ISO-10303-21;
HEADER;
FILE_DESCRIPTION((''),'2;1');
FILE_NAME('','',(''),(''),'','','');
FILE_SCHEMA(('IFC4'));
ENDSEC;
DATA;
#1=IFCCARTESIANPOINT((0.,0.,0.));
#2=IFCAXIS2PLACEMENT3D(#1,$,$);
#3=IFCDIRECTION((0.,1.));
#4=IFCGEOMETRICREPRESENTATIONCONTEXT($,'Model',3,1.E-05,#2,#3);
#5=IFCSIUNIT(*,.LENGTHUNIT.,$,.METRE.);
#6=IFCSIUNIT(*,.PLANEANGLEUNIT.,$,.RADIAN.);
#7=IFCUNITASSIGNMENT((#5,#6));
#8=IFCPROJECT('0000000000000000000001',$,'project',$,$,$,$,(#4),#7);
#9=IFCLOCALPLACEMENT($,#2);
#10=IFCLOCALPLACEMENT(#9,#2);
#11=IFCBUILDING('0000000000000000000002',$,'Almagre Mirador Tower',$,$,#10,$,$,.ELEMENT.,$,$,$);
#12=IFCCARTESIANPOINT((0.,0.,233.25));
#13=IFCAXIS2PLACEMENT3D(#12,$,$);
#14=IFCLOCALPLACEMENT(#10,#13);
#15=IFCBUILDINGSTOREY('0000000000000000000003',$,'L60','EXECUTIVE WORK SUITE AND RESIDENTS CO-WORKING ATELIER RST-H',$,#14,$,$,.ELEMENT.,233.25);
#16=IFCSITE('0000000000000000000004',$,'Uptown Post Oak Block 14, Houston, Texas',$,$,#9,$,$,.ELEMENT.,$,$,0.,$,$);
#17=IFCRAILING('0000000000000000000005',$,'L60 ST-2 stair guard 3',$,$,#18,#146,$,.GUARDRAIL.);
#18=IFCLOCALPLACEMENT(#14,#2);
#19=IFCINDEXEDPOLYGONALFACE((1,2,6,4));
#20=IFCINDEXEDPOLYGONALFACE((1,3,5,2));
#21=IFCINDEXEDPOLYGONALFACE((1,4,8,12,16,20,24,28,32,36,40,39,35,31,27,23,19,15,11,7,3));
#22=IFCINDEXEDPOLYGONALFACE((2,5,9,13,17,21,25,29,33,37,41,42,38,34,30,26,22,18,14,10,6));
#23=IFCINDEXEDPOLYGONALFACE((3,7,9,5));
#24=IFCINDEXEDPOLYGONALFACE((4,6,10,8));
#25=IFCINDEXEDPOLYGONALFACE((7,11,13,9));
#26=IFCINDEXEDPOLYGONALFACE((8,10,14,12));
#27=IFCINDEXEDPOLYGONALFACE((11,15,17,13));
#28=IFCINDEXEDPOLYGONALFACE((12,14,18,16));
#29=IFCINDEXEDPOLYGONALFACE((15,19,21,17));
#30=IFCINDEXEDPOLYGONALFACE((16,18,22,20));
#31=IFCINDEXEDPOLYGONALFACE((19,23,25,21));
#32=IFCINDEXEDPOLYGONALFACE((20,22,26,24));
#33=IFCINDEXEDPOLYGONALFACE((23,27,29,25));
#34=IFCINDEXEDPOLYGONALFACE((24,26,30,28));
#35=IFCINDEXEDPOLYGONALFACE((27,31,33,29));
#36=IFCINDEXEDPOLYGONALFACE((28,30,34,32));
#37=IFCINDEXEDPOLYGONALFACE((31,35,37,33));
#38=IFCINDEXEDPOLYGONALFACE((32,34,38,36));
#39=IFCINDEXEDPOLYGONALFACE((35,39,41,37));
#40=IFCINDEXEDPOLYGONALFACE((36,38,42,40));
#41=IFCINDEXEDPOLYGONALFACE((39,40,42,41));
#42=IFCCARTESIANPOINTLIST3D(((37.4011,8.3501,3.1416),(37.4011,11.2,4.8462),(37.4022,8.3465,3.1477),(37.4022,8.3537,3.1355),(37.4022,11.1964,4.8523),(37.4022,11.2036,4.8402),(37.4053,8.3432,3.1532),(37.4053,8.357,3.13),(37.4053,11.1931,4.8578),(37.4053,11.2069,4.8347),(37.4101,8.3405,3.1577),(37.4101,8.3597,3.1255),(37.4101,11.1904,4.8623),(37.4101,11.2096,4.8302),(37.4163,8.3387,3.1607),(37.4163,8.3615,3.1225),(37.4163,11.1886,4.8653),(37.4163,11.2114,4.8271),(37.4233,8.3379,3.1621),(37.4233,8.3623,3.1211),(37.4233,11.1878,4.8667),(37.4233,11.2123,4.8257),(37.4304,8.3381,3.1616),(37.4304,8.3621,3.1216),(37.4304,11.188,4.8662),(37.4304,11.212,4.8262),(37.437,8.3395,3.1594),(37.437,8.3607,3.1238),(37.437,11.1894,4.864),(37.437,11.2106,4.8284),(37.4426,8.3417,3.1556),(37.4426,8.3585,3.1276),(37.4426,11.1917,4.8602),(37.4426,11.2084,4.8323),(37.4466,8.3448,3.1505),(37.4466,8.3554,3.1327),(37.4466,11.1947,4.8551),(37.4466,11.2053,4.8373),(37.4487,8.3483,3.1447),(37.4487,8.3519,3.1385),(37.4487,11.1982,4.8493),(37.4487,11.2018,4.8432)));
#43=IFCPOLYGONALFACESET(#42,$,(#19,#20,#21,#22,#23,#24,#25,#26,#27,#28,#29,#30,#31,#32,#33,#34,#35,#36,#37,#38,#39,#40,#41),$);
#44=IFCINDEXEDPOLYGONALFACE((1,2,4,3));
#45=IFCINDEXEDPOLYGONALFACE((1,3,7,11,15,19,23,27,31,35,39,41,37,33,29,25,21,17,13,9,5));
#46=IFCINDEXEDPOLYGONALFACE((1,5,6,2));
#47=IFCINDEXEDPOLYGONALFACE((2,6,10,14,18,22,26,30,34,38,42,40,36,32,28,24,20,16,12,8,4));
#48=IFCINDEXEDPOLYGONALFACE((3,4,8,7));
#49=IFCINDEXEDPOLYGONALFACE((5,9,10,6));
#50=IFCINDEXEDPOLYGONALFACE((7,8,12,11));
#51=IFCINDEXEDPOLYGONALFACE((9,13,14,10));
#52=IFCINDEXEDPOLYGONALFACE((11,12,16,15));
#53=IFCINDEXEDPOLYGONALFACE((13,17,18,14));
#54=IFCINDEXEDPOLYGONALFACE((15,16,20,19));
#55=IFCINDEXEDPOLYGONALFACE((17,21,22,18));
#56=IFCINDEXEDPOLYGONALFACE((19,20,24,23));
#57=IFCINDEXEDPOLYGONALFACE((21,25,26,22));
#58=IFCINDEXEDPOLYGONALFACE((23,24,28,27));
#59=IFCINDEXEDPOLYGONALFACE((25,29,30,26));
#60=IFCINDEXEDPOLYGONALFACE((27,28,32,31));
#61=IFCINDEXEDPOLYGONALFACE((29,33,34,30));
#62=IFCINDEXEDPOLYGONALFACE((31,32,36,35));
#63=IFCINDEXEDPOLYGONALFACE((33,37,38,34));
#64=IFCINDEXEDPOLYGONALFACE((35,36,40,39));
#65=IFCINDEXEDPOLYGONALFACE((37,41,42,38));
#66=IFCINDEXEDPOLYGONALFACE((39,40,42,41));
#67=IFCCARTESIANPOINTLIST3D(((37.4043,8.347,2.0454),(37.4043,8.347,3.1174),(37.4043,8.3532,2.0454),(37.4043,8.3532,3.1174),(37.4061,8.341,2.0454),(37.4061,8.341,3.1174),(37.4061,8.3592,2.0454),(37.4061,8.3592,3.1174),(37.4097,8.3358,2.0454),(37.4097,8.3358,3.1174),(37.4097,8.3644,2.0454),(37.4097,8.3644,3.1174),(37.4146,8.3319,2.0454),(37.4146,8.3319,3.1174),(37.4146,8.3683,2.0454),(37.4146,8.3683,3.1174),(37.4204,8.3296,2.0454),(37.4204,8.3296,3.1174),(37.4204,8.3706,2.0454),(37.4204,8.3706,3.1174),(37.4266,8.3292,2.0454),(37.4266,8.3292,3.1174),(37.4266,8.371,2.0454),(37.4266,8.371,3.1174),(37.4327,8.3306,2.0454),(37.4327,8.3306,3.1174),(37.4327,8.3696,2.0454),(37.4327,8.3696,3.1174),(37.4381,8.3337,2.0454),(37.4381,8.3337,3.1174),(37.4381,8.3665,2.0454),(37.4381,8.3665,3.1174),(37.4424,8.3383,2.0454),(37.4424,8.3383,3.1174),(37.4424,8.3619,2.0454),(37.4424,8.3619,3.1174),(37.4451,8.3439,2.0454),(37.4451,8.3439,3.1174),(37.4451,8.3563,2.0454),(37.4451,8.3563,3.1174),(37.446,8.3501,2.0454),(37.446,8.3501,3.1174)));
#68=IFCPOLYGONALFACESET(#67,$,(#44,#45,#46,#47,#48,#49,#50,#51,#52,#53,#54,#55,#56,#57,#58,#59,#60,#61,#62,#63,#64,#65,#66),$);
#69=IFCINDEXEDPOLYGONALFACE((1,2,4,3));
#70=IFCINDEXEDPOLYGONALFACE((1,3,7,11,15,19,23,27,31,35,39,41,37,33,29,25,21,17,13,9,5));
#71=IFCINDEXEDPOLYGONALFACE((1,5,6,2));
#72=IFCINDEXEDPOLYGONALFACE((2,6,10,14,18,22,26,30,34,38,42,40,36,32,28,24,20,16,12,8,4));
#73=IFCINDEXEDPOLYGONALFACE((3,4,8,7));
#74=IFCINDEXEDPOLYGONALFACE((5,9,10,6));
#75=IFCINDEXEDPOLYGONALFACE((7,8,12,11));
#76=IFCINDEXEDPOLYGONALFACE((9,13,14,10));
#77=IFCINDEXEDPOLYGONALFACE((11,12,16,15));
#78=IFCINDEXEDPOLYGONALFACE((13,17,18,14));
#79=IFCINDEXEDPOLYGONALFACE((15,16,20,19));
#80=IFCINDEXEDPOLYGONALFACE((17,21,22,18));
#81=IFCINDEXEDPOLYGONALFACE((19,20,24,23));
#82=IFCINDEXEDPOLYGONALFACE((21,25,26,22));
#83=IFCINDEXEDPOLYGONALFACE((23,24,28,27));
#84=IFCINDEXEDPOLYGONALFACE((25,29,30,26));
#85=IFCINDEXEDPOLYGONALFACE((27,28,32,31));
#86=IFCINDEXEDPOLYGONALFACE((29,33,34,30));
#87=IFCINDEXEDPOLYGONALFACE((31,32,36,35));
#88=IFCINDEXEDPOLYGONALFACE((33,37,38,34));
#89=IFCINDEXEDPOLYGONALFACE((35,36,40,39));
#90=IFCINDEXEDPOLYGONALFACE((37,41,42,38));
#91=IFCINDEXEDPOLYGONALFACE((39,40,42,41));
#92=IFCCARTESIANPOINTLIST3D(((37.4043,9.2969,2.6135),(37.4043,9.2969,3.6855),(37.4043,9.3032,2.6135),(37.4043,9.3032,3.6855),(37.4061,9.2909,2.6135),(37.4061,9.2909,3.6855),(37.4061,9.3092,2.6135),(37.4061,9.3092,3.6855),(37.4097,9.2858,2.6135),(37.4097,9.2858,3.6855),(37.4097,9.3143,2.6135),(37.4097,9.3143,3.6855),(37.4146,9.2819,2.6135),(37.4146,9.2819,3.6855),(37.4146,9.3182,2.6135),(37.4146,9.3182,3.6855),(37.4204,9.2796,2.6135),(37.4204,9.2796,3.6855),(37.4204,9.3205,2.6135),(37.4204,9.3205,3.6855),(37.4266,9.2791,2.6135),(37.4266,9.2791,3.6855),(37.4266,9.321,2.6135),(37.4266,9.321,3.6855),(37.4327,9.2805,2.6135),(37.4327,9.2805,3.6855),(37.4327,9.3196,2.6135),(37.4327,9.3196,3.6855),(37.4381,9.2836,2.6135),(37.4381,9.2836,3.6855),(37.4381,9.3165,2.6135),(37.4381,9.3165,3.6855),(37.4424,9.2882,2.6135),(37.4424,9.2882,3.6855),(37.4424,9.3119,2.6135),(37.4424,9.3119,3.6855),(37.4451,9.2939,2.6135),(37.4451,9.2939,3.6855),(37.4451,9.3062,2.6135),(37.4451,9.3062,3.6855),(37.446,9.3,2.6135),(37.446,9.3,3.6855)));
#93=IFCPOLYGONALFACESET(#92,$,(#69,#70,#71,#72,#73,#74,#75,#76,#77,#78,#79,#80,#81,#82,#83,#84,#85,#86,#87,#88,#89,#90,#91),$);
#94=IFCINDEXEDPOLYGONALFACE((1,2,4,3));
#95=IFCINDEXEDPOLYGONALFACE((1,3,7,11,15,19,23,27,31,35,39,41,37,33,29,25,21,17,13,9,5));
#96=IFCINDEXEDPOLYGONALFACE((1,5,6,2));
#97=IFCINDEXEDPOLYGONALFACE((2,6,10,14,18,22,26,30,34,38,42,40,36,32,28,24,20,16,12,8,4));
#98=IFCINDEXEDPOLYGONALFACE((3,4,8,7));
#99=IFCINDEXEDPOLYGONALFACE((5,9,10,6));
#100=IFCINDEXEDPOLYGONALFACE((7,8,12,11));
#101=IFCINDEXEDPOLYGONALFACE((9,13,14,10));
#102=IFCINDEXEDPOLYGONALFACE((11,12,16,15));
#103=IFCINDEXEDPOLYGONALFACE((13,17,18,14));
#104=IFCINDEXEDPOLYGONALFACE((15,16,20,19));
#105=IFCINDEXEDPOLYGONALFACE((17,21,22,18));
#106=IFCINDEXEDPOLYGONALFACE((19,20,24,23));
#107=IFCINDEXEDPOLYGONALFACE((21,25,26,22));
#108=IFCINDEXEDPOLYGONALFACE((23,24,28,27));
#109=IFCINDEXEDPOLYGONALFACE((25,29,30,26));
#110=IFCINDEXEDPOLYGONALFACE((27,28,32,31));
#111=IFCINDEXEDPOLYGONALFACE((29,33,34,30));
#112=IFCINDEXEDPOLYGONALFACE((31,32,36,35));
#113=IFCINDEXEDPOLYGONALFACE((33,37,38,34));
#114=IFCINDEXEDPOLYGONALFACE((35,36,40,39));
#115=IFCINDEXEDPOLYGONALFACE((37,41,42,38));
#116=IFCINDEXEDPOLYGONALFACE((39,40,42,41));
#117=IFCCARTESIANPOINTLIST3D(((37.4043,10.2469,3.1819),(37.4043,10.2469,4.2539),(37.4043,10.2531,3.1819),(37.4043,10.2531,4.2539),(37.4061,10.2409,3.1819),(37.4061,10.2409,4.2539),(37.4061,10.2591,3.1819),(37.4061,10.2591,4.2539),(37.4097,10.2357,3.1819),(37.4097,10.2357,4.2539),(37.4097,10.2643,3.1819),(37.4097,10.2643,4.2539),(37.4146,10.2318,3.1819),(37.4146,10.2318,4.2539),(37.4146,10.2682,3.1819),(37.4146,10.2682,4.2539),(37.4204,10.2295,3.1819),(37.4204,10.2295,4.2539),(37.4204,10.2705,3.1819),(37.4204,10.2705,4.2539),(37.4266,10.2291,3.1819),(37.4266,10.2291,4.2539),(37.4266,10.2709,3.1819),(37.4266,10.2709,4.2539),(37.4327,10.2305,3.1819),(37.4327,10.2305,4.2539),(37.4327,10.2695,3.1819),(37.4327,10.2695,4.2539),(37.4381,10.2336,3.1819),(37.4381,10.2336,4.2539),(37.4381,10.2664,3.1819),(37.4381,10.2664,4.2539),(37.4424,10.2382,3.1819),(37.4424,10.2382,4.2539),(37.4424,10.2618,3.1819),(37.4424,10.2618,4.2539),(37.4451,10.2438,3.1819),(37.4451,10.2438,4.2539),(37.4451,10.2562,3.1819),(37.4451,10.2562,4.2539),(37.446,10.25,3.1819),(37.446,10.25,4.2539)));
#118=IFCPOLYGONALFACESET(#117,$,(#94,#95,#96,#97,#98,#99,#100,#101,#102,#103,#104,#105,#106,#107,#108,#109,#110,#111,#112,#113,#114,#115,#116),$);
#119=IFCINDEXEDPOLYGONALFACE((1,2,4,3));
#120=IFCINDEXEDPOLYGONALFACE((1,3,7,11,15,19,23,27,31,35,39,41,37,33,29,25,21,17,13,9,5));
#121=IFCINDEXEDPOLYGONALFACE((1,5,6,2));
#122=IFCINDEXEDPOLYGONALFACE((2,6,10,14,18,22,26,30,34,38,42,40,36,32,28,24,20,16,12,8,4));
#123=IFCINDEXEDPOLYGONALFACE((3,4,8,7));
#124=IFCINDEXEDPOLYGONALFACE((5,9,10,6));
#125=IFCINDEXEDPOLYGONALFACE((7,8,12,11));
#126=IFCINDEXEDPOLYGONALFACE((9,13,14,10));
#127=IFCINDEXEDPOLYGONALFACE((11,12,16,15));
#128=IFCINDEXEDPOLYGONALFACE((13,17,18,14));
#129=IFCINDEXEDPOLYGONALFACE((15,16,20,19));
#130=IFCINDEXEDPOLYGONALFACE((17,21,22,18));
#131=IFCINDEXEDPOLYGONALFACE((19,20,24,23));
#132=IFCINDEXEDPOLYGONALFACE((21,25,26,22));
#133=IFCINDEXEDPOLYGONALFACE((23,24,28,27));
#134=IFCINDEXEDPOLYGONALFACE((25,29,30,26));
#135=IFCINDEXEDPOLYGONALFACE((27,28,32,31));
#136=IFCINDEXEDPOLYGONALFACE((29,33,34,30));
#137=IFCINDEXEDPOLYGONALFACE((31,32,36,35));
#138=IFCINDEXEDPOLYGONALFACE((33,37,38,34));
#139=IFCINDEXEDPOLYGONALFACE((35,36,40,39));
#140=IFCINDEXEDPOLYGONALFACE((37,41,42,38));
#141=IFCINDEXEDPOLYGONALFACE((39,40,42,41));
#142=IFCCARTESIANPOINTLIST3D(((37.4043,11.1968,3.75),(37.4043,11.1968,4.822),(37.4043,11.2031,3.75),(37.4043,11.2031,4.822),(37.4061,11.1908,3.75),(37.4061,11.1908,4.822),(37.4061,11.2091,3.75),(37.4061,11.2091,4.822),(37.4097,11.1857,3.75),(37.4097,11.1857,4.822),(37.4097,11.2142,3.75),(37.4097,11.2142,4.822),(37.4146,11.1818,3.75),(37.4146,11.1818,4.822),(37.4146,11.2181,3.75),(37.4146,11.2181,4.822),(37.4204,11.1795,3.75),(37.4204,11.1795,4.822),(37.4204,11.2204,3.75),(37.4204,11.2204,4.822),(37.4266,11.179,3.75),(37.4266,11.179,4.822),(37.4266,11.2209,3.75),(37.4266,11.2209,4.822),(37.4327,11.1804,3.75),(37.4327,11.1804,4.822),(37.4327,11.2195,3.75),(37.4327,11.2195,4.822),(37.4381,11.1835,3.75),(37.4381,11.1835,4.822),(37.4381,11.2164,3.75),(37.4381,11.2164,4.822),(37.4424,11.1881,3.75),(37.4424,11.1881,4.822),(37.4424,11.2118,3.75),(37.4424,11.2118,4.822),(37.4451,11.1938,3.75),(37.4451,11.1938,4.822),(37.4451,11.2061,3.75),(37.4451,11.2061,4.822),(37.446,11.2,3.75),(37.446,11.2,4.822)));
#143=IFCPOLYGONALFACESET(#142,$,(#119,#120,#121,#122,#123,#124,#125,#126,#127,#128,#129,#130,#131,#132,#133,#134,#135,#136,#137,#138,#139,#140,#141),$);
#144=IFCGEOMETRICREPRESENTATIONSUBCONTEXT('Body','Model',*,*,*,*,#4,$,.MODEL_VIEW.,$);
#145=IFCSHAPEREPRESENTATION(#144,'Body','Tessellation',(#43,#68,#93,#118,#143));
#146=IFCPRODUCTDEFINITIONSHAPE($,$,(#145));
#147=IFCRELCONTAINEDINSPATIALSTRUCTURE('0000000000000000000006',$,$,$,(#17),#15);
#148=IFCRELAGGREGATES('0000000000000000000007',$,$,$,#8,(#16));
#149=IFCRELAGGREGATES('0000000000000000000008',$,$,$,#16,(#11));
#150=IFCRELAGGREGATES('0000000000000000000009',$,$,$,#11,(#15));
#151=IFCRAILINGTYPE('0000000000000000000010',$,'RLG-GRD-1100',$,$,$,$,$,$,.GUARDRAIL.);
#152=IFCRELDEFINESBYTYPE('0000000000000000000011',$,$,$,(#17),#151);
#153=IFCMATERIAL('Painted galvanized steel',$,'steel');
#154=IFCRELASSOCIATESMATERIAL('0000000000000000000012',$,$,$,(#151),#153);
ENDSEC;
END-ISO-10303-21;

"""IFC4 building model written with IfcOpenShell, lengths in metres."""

from ifc_helpers import new_model, si_unit, direction, frame, origin, origin_2d, place, context, subcontext, project, spatial, circle, extrude, material, type_object, element, save


model = new_model("IFC4")

# Units and contexts
model_context = context("Model", 3, precision=1e-05, world=origin(), true_north=direction((0.0, 1.0)))
body_context = subcontext(model_context, "Body", "Model", "MODEL_VIEW")
ifc_project = project(units=[si_unit("LENGTHUNIT", "METRE"), si_unit("PLANEANGLEUNIT", "RADIAN")], contexts=[model_context])

# Site, building, storey
site_placement = place(None, origin())
site = spatial("IfcSite", under=ifc_project, at=site_placement, Name="Uptown Post Oak Block 14, Houston, Texas", CompositionType="ELEMENT", RefElevation=0.0)
building_placement = place(site_placement, origin())
building = spatial("IfcBuilding", under=site, at=building_placement, Name="Almagre Mirador Tower", CompositionType="ELEMENT")
storey_placement = place(building_placement, frame((0.0, 0.0, 233.25)))
storey = spatial("IfcBuildingStorey", under=building, at=storey_placement, Name="L60", Description="EXECUTIVE WORK SUITE AND RESIDENTS CO-WORKING ATELIER RST-H", CompositionType="ELEMENT", Elevation=233.25)

# Railing
ifc_material_1 = material(Name="Painted galvanized steel", Category="steel")
railing_type_1 = type_object("IfcRailingType", Name="RLG-GRD-1100", PredefinedType="GUARDRAIL", material=ifc_material_1)
railing_1_placement = place(storey_placement, frame((37.425, 8.3501, 2.0454)))
element("IfcRailing", 1, at=railing_1_placement, inside=storey, type_object=railing_type_1, Name="L60 ST-2 stair guard 3", PredefinedType="GUARDRAIL", context=body_context, shape_type="SweptSolid", body=[
    extrude(circle(Radius=0.0239, at=origin_2d()), frame((0.0, 0.0, 1.0962), z_axis=(0.0, 0.858199, 0.513317), x_axis=(-1.0, 0.0, 0.0)), (0.0, 0.0, 1.0), 3.3208),
    extrude(circle(Radius=0.021, at=origin_2d()), origin(), (0.0, 0.0, 1.0), 1.072),
    extrude(circle(Radius=0.021, at=origin_2d()), frame((0.0, 0.95, 0.5681)), (0.0, 0.0, 1.0), 1.072),
    extrude(circle(Radius=0.021, at=origin_2d()), frame((0.0, 1.8999, 1.1365)), (0.0, 0.0, 1.0), 1.072),
    extrude(circle(Radius=0.021, at=origin_2d()), frame((0.0, 2.8499, 1.7046)), (0.0, 0.0, 1.0), 1.072),
])

save(model, "model.ifc")
